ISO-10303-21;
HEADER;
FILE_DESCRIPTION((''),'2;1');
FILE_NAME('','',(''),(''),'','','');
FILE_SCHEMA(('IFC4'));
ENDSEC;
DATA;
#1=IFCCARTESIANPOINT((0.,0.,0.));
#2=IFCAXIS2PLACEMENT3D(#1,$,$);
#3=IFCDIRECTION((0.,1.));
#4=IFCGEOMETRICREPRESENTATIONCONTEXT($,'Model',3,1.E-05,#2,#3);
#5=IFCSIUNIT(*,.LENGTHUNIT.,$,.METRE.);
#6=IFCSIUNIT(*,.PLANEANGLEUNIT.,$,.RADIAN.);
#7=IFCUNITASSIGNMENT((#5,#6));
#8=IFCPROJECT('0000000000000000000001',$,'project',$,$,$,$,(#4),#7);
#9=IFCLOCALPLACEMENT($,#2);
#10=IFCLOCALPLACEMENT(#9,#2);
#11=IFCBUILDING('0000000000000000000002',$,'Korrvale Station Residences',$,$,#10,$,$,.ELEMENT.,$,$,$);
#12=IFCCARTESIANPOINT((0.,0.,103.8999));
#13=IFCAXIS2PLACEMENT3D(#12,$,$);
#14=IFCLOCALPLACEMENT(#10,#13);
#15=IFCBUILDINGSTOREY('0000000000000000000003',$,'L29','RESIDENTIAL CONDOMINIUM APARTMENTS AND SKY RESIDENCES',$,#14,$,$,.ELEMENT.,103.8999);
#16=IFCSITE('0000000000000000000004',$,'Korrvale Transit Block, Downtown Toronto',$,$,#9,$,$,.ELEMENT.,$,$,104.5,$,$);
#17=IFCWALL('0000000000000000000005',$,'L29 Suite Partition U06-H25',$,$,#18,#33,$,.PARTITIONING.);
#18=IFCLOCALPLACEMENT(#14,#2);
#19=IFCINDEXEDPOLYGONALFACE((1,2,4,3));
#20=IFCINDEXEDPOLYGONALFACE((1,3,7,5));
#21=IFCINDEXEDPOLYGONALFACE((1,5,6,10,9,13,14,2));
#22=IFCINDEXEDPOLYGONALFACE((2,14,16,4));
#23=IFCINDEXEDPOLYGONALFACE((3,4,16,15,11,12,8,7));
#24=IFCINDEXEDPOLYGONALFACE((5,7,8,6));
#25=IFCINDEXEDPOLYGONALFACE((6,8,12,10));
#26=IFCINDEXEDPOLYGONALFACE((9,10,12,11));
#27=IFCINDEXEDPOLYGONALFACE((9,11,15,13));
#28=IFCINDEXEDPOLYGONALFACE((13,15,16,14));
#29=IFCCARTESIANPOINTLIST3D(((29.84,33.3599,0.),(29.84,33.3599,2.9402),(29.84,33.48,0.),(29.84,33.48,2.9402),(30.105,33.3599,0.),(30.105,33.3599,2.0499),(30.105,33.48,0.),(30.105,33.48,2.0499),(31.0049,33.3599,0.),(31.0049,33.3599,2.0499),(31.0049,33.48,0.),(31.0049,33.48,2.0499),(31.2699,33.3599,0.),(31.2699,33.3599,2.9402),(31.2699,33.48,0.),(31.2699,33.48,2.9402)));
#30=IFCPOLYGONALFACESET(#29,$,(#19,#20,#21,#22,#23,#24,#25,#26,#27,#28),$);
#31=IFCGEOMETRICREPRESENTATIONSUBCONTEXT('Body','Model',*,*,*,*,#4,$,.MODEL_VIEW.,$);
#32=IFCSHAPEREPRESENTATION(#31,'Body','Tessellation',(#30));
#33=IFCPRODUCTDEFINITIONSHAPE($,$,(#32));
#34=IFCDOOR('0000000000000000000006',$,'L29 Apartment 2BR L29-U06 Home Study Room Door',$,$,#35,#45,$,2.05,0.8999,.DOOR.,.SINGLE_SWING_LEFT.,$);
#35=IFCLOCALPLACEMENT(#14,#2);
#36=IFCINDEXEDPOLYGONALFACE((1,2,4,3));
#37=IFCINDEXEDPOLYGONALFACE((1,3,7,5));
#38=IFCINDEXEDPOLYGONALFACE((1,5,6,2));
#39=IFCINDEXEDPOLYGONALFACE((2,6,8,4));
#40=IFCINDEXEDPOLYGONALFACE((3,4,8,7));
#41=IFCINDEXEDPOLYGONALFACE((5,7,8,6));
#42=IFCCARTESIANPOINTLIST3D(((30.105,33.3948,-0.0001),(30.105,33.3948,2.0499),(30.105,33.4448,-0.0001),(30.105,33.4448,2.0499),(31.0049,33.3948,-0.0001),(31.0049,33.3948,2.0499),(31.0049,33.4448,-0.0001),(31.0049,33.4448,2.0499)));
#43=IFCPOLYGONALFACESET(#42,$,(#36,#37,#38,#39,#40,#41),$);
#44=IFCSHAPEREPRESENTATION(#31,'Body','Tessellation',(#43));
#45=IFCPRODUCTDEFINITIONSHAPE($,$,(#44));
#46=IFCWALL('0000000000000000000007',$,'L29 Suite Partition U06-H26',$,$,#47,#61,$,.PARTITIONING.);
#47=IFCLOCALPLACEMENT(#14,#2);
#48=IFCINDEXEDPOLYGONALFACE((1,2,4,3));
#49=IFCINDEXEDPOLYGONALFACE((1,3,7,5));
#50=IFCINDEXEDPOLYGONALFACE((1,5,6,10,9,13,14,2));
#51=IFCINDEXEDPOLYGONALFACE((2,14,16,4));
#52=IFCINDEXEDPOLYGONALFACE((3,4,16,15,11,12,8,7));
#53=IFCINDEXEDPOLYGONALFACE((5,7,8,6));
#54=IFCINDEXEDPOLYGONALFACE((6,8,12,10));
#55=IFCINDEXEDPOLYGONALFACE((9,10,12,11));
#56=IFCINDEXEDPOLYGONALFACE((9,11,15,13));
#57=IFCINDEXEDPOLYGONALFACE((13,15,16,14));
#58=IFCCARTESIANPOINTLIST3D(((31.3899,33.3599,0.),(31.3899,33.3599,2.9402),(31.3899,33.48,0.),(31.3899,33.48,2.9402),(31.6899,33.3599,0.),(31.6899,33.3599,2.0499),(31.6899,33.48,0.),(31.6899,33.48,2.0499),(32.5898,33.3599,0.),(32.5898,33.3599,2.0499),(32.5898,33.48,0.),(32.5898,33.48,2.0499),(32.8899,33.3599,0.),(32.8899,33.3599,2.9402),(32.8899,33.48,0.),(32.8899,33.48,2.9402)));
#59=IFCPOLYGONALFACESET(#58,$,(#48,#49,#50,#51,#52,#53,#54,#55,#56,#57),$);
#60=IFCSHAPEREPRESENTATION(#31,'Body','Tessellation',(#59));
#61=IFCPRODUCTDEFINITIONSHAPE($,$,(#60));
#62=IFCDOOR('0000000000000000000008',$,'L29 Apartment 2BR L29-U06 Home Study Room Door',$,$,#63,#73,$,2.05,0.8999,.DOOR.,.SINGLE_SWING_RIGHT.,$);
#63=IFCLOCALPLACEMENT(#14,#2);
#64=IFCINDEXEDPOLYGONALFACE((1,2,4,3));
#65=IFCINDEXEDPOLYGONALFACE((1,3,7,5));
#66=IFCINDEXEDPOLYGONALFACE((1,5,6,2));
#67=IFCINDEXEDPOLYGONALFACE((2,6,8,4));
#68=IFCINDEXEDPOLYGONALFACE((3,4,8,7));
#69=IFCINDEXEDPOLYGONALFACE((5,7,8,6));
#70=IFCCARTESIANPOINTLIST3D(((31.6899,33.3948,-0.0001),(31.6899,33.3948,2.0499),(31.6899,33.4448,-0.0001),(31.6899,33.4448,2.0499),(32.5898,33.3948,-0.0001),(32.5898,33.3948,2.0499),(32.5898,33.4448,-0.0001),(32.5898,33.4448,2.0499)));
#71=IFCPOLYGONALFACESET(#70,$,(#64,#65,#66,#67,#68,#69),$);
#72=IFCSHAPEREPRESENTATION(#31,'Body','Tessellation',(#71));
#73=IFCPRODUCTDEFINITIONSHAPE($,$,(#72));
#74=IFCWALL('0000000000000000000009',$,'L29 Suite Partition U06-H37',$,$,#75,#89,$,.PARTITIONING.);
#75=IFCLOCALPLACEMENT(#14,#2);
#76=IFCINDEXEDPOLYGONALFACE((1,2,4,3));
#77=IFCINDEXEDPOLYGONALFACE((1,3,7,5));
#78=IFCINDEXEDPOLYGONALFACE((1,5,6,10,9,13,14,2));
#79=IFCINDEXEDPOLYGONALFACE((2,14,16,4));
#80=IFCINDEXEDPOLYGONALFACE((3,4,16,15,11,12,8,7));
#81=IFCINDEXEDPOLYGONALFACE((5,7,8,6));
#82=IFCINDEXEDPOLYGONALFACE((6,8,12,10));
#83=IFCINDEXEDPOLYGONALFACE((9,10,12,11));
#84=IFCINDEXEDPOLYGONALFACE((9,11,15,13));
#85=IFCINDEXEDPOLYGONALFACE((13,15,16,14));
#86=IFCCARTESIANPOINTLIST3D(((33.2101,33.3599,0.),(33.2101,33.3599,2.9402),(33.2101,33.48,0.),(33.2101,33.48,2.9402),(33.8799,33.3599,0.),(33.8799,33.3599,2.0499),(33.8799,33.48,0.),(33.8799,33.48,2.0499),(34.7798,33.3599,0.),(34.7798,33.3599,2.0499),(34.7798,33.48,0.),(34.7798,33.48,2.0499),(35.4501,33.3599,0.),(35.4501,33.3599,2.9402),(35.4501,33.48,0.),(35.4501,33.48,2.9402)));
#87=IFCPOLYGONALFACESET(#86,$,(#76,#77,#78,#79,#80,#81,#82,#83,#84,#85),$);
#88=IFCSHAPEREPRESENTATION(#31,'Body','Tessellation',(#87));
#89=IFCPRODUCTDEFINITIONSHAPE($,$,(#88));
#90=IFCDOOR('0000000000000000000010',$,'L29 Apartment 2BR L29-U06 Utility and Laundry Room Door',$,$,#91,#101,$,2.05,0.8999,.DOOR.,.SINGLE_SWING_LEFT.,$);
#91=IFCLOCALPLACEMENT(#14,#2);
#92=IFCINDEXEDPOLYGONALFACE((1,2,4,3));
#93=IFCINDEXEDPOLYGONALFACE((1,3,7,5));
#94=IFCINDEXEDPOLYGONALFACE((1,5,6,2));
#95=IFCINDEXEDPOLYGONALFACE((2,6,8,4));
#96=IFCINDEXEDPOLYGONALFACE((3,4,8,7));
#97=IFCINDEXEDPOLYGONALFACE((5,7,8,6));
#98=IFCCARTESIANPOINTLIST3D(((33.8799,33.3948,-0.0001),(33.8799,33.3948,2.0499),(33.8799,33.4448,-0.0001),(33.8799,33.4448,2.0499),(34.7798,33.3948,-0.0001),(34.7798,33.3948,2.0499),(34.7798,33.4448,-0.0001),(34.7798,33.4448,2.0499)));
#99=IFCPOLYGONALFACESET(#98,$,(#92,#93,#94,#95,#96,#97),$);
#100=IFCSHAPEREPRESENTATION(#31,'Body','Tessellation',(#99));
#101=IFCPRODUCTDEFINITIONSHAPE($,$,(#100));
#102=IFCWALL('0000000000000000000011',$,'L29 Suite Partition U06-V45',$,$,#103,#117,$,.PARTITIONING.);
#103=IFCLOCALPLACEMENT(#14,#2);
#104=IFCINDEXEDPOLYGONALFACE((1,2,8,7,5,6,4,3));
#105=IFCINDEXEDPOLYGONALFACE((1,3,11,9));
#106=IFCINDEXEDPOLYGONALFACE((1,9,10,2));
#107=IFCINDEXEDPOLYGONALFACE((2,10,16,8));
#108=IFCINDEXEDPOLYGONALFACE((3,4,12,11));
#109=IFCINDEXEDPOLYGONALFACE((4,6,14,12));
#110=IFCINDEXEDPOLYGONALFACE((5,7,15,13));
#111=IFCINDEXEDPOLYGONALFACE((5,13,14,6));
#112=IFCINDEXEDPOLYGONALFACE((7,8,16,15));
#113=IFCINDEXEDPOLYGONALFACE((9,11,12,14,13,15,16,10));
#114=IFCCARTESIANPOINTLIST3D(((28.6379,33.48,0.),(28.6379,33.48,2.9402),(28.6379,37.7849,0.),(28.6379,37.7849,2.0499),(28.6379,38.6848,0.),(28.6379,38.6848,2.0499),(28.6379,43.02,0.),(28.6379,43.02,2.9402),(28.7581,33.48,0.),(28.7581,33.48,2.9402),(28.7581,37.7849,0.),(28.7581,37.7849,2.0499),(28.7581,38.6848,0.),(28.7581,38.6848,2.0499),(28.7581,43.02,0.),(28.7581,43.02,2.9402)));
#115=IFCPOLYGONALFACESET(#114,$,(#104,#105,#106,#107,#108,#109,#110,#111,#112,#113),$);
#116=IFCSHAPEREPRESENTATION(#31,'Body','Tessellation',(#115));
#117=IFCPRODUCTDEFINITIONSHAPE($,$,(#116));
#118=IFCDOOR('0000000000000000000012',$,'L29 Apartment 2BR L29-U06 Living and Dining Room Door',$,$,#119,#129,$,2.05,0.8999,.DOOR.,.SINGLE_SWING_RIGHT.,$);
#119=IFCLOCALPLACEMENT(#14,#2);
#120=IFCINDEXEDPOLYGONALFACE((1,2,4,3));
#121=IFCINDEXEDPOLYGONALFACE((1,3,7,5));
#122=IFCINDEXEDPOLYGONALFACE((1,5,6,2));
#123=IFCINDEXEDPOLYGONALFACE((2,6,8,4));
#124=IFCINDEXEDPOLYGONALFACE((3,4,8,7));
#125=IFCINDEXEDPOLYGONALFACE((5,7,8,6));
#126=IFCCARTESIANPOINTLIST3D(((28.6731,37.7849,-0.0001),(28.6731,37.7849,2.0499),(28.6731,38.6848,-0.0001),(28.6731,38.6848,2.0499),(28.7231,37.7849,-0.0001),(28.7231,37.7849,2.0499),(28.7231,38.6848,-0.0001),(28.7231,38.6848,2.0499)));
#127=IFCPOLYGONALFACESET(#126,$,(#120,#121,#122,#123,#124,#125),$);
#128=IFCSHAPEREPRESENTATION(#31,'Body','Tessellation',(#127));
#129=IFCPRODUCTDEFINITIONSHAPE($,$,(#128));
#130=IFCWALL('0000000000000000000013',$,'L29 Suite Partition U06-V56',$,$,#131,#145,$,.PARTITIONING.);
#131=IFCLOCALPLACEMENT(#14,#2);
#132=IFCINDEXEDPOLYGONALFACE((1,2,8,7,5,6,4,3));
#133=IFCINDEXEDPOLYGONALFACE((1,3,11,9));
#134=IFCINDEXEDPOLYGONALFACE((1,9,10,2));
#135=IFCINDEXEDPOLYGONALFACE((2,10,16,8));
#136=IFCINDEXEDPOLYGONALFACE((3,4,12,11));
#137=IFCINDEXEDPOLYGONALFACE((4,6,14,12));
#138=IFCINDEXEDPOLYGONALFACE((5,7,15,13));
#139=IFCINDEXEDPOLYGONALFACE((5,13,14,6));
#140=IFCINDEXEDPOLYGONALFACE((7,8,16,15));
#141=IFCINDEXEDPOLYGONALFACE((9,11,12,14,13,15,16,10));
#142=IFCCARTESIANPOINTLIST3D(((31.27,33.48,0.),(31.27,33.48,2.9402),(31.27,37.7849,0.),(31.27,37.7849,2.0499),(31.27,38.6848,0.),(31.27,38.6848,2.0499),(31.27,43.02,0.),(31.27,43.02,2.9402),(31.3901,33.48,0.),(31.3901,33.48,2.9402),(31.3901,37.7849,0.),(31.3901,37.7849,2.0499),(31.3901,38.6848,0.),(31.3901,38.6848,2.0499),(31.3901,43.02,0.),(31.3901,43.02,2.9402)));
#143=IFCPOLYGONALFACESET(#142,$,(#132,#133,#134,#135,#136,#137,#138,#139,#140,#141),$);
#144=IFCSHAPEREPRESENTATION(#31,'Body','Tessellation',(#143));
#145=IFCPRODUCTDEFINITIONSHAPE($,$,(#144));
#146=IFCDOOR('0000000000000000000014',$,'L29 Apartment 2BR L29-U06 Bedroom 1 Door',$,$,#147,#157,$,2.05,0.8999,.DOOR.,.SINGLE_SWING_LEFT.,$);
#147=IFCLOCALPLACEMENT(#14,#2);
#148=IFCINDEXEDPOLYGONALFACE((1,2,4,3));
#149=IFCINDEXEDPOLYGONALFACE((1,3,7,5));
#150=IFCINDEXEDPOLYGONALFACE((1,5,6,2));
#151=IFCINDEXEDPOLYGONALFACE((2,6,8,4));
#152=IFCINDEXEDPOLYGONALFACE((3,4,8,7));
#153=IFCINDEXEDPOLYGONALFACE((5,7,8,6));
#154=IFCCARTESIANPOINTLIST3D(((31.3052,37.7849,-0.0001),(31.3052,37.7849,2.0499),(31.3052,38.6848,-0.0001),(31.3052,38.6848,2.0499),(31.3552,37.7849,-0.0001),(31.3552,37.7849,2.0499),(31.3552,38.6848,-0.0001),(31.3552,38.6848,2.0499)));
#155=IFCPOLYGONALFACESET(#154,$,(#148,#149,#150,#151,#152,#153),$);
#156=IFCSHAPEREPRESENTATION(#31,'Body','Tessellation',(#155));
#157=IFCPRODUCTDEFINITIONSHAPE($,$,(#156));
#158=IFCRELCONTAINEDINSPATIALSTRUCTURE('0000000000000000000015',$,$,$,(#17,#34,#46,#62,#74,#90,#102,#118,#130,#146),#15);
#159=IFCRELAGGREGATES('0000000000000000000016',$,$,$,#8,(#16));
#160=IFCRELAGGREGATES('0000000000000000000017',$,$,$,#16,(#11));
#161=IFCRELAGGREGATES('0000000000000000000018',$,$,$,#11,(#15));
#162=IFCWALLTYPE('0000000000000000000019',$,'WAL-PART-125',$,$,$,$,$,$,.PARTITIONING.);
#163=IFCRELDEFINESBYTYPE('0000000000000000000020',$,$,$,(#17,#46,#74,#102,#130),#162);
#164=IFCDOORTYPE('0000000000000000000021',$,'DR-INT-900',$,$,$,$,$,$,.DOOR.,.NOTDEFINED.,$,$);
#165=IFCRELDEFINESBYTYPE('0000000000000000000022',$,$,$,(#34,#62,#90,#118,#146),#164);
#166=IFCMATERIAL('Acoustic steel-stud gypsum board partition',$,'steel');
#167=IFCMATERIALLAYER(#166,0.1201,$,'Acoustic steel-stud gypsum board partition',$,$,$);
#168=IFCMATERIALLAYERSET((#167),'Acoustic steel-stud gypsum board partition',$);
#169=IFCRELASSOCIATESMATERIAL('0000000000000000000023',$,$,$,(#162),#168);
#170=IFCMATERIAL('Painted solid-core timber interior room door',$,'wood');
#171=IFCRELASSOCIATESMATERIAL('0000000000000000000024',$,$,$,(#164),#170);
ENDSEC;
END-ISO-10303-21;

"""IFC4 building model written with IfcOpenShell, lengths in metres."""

from ifc_helpers import new_model, si_unit, direction, frame, frame_2d, origin, place, context, subcontext, project, spatial, rectangle, extrude, material, layer, layer_set, type_object, element, fill, save


model = new_model("IFC4")

# Units and contexts
model_context = context("Model", 3, precision=1e-05, world=origin(), true_north=direction((0.0, 1.0)))
body_context = subcontext(model_context, "Body", "Model", "MODEL_VIEW")
ifc_project = project(units=[si_unit("LENGTHUNIT", "METRE"), si_unit("PLANEANGLEUNIT", "RADIAN")], contexts=[model_context])

# Site, building, storey
site_placement = place(None, origin())
site = spatial("IfcSite", under=ifc_project, at=site_placement, Name="Korrvale Transit Block, Downtown Toronto", CompositionType="ELEMENT", RefElevation=104.5)
building_placement = place(site_placement, origin())
building = spatial("IfcBuilding", under=site, at=building_placement, Name="Korrvale Station Residences", CompositionType="ELEMENT")
storey_placement = place(building_placement, frame((0.0, 0.0, 103.8999)))
storey = spatial("IfcBuildingStorey", under=building, at=storey_placement, Name="L29", Description="RESIDENTIAL CONDOMINIUM APARTMENTS AND SKY RESIDENCES", CompositionType="ELEMENT", Elevation=103.8999)

# Shared definitions
ifc_material_1 = material(Name="Acoustic steel-stud gypsum board partition", Category="steel")
ifc_layer_1 = layer(ifc_material_1, 0.1201, Name="Acoustic steel-stud gypsum board partition")
ifc_layer_set_1 = layer_set([ifc_layer_1], Name="Acoustic steel-stud gypsum board partition")
wall_type_1 = type_object("IfcWallType", Name="WAL-PART-125", PredefinedType="PARTITIONING", material=ifc_layer_set_1)
ifc_material_2 = material(Name="Painted solid-core timber interior room door", Category="wood")
door_type_1 = type_object("IfcDoorType", Name="DR-INT-900", OperationType="NOTDEFINED", PredefinedType="DOOR", material=ifc_material_2)

# Walls, openings, doors
wall_1_placement = place(storey_placement, frame((29.8401, 33.4199, 0.0), z_axis=(0.0, 0.0, 1.0), x_axis=(1.0, 0.0, 0.0)))
wall_1 = element("IfcWall", 1, at=wall_1_placement, inside=storey, type_object=wall_type_1, Name="L29 Suite Partition U06-H25", PredefinedType="PARTITIONING", context=body_context, shape_type="SweptSolid", body=[
    extrude(rectangle(XDim=1.4299, YDim=0.1201, at=frame_2d((0.7148, 0.0))), origin(), (0.0, 0.0, 1.0), 2.9402),
])
opening_1_placement = place(wall_1_placement, frame((0.2649, 0.0, 0.0)))
opening_1 = element("IfcOpeningElement", 2, at=opening_1_placement, cuts=wall_1, PredefinedType="OPENING", context=body_context, shape_type="SweptSolid", body=[
    extrude(rectangle(XDim=0.8999, YDim=2.05, at=frame_2d((0.45, 1.0249))), frame((0.0, 0.0701, 0.0), z_axis=(0.0, -1.0, 0.0), x_axis=(1.0, 0.0, 0.0)), (0.0, 0.0, 1.0), 0.1401),
])
door_1_placement = place(opening_1_placement, origin())
door_1 = element("IfcDoor", 3, at=door_1_placement, inside=storey, type_object=door_type_1, Name="L29 Apartment 2BR L29-U06 Home Study Room Door", OperationType="SINGLE_SWING_LEFT", OverallHeight=2.05, OverallWidth=0.8999, PredefinedType="DOOR", context=body_context, shape_type="SweptSolid", body=[
    extrude(rectangle(XDim=0.8999, YDim=2.05, at=frame_2d((0.45, 1.0249))), frame((0.0, 0.0249, 0.0), z_axis=(0.0, -1.0, 0.0), x_axis=(1.0, 0.0, 0.0)), (0.0, 0.0, 1.0), 0.05),
])
fill(opening_1, door_1)
wall_2_placement = place(storey_placement, frame((31.3899, 33.4199, 0.0), z_axis=(0.0, 0.0, 1.0), x_axis=(1.0, 0.0, 0.0)))
wall_2 = element("IfcWall", 4, at=wall_2_placement, inside=storey, type_object=wall_type_1, Name="L29 Suite Partition U06-H26", PredefinedType="PARTITIONING", context=body_context, shape_type="SweptSolid", body=[
    extrude(rectangle(XDim=1.5, YDim=0.1201, at=frame_2d((0.75, 0.0))), origin(), (0.0, 0.0, 1.0), 2.9402),
])
opening_2_placement = place(wall_2_placement, frame((0.3, 0.0, 0.0)))
opening_2 = element("IfcOpeningElement", 5, at=opening_2_placement, cuts=wall_2, PredefinedType="OPENING", context=body_context, shape_type="SweptSolid", body=[
    extrude(rectangle(XDim=0.8999, YDim=2.05, at=frame_2d((0.45, 1.0249))), frame((0.0, 0.0701, 0.0), z_axis=(0.0, -1.0, 0.0), x_axis=(1.0, 0.0, 0.0)), (0.0, 0.0, 1.0), 0.1401),
])
door_2_placement = place(opening_2_placement, origin())
door_2 = element("IfcDoor", 6, at=door_2_placement, inside=storey, type_object=door_type_1, Name="L29 Apartment 2BR L29-U06 Home Study Room Door", OperationType="SINGLE_SWING_RIGHT", OverallHeight=2.05, OverallWidth=0.8999, PredefinedType="DOOR", context=body_context, shape_type="SweptSolid", body=[
    extrude(rectangle(XDim=0.8999, YDim=2.05, at=frame_2d((0.45, 1.0249))), frame((0.0, 0.0249, 0.0), z_axis=(0.0, -1.0, 0.0), x_axis=(1.0, 0.0, 0.0)), (0.0, 0.0, 1.0), 0.05),
])
fill(opening_2, door_2)
wall_3_placement = place(storey_placement, frame((33.21, 33.4199, 0.0), z_axis=(0.0, 0.0, 1.0), x_axis=(1.0, 0.0, 0.0)))
wall_3 = element("IfcWall", 7, at=wall_3_placement, inside=storey, type_object=wall_type_1, Name="L29 Suite Partition U06-H37", PredefinedType="PARTITIONING", context=body_context, shape_type="SweptSolid", body=[
    extrude(rectangle(XDim=2.24, YDim=0.1201, at=frame_2d((1.1201, 0.0))), origin(), (0.0, 0.0, 1.0), 2.9402),
])
opening_3_placement = place(wall_3_placement, frame((0.6699, 0.0, 0.0)))
opening_3 = element("IfcOpeningElement", 8, at=opening_3_placement, cuts=wall_3, PredefinedType="OPENING", context=body_context, shape_type="SweptSolid", body=[
    extrude(rectangle(XDim=0.8999, YDim=2.05, at=frame_2d((0.45, 1.0249))), frame((0.0, 0.0701, 0.0), z_axis=(0.0, -1.0, 0.0), x_axis=(1.0, 0.0, 0.0)), (0.0, 0.0, 1.0), 0.1401),
])
door_3_placement = place(opening_3_placement, origin())
door_3 = element("IfcDoor", 9, at=door_3_placement, inside=storey, type_object=door_type_1, Name="L29 Apartment 2BR L29-U06 Utility and Laundry Room Door", OperationType="SINGLE_SWING_LEFT", OverallHeight=2.05, OverallWidth=0.8999, PredefinedType="DOOR", context=body_context, shape_type="SweptSolid", body=[
    extrude(rectangle(XDim=0.8999, YDim=2.05, at=frame_2d((0.45, 1.0249))), frame((0.0, 0.0249, 0.0), z_axis=(0.0, -1.0, 0.0), x_axis=(1.0, 0.0, 0.0)), (0.0, 0.0, 1.0), 0.05),
])
fill(opening_3, door_3)
wall_4_placement = place(storey_placement, frame((28.698, 33.48, 0.0), z_axis=(0.0, 0.0, 1.0), x_axis=(0.0, 1.0, 0.0)))
wall_4 = element("IfcWall", 10, at=wall_4_placement, inside=storey, type_object=wall_type_1, Name="L29 Suite Partition U06-V45", PredefinedType="PARTITIONING", context=body_context, shape_type="SweptSolid", body=[
    extrude(rectangle(XDim=9.54, YDim=0.1201, at=frame_2d((4.77, 0.0))), origin(), (0.0, 0.0, 1.0), 2.9402),
])
opening_4_placement = place(wall_4_placement, frame((4.3049, 0.0, 0.0)))
opening_4 = element("IfcOpeningElement", 11, at=opening_4_placement, cuts=wall_4, PredefinedType="OPENING", context=body_context, shape_type="SweptSolid", body=[
    extrude(rectangle(XDim=0.8999, YDim=2.05, at=frame_2d((0.45, 1.0249))), frame((0.0, 0.0701, 0.0), z_axis=(0.0, -1.0, 0.0), x_axis=(1.0, 0.0, 0.0)), (0.0, 0.0, 1.0), 0.1401),
])
door_4_placement = place(opening_4_placement, origin())
door_4 = element("IfcDoor", 12, at=door_4_placement, inside=storey, type_object=door_type_1, Name="L29 Apartment 2BR L29-U06 Living and Dining Room Door", OperationType="SINGLE_SWING_RIGHT", OverallHeight=2.05, OverallWidth=0.8999, PredefinedType="DOOR", context=body_context, shape_type="SweptSolid", body=[
    extrude(rectangle(XDim=0.8999, YDim=2.05, at=frame_2d((0.45, 1.0249))), frame((0.0, 0.0249, 0.0), z_axis=(0.0, -1.0, 0.0), x_axis=(1.0, 0.0, 0.0)), (0.0, 0.0, 1.0), 0.05),
])
fill(opening_4, door_4)
wall_5_placement = place(storey_placement, frame((31.3301, 33.48, 0.0), z_axis=(0.0, 0.0, 1.0), x_axis=(0.0, 1.0, 0.0)))
wall_5 = element("IfcWall", 13, at=wall_5_placement, inside=storey, type_object=wall_type_1, Name="L29 Suite Partition U06-V56", PredefinedType="PARTITIONING", context=body_context, shape_type="SweptSolid", body=[
    extrude(rectangle(XDim=9.54, YDim=0.1201, at=frame_2d((4.77, 0.0))), origin(), (0.0, 0.0, 1.0), 2.9402),
])
opening_5_placement = place(wall_5_placement, frame((4.3049, 0.0, 0.0)))
opening_5 = element("IfcOpeningElement", 14, at=opening_5_placement, cuts=wall_5, PredefinedType="OPENING", context=body_context, shape_type="SweptSolid", body=[
    extrude(rectangle(XDim=0.8999, YDim=2.05, at=frame_2d((0.45, 1.0249))), frame((0.0, 0.0701, 0.0), z_axis=(0.0, -1.0, 0.0), x_axis=(1.0, 0.0, 0.0)), (0.0, 0.0, 1.0), 0.1401),
])
door_5_placement = place(opening_5_placement, origin())
door_5 = element("IfcDoor", 15, at=door_5_placement, inside=storey, type_object=door_type_1, Name="L29 Apartment 2BR L29-U06 Bedroom 1 Door", OperationType="SINGLE_SWING_LEFT", OverallHeight=2.05, OverallWidth=0.8999, PredefinedType="DOOR", context=body_context, shape_type="SweptSolid", body=[
    extrude(rectangle(XDim=0.8999, YDim=2.05, at=frame_2d((0.45, 1.0249))), frame((0.0, 0.0249, 0.0), z_axis=(0.0, -1.0, 0.0), x_axis=(1.0, 0.0, 0.0)), (0.0, 0.0, 1.0), 0.05),
])
fill(opening_5, door_5)

save(model, "model.ifc")
